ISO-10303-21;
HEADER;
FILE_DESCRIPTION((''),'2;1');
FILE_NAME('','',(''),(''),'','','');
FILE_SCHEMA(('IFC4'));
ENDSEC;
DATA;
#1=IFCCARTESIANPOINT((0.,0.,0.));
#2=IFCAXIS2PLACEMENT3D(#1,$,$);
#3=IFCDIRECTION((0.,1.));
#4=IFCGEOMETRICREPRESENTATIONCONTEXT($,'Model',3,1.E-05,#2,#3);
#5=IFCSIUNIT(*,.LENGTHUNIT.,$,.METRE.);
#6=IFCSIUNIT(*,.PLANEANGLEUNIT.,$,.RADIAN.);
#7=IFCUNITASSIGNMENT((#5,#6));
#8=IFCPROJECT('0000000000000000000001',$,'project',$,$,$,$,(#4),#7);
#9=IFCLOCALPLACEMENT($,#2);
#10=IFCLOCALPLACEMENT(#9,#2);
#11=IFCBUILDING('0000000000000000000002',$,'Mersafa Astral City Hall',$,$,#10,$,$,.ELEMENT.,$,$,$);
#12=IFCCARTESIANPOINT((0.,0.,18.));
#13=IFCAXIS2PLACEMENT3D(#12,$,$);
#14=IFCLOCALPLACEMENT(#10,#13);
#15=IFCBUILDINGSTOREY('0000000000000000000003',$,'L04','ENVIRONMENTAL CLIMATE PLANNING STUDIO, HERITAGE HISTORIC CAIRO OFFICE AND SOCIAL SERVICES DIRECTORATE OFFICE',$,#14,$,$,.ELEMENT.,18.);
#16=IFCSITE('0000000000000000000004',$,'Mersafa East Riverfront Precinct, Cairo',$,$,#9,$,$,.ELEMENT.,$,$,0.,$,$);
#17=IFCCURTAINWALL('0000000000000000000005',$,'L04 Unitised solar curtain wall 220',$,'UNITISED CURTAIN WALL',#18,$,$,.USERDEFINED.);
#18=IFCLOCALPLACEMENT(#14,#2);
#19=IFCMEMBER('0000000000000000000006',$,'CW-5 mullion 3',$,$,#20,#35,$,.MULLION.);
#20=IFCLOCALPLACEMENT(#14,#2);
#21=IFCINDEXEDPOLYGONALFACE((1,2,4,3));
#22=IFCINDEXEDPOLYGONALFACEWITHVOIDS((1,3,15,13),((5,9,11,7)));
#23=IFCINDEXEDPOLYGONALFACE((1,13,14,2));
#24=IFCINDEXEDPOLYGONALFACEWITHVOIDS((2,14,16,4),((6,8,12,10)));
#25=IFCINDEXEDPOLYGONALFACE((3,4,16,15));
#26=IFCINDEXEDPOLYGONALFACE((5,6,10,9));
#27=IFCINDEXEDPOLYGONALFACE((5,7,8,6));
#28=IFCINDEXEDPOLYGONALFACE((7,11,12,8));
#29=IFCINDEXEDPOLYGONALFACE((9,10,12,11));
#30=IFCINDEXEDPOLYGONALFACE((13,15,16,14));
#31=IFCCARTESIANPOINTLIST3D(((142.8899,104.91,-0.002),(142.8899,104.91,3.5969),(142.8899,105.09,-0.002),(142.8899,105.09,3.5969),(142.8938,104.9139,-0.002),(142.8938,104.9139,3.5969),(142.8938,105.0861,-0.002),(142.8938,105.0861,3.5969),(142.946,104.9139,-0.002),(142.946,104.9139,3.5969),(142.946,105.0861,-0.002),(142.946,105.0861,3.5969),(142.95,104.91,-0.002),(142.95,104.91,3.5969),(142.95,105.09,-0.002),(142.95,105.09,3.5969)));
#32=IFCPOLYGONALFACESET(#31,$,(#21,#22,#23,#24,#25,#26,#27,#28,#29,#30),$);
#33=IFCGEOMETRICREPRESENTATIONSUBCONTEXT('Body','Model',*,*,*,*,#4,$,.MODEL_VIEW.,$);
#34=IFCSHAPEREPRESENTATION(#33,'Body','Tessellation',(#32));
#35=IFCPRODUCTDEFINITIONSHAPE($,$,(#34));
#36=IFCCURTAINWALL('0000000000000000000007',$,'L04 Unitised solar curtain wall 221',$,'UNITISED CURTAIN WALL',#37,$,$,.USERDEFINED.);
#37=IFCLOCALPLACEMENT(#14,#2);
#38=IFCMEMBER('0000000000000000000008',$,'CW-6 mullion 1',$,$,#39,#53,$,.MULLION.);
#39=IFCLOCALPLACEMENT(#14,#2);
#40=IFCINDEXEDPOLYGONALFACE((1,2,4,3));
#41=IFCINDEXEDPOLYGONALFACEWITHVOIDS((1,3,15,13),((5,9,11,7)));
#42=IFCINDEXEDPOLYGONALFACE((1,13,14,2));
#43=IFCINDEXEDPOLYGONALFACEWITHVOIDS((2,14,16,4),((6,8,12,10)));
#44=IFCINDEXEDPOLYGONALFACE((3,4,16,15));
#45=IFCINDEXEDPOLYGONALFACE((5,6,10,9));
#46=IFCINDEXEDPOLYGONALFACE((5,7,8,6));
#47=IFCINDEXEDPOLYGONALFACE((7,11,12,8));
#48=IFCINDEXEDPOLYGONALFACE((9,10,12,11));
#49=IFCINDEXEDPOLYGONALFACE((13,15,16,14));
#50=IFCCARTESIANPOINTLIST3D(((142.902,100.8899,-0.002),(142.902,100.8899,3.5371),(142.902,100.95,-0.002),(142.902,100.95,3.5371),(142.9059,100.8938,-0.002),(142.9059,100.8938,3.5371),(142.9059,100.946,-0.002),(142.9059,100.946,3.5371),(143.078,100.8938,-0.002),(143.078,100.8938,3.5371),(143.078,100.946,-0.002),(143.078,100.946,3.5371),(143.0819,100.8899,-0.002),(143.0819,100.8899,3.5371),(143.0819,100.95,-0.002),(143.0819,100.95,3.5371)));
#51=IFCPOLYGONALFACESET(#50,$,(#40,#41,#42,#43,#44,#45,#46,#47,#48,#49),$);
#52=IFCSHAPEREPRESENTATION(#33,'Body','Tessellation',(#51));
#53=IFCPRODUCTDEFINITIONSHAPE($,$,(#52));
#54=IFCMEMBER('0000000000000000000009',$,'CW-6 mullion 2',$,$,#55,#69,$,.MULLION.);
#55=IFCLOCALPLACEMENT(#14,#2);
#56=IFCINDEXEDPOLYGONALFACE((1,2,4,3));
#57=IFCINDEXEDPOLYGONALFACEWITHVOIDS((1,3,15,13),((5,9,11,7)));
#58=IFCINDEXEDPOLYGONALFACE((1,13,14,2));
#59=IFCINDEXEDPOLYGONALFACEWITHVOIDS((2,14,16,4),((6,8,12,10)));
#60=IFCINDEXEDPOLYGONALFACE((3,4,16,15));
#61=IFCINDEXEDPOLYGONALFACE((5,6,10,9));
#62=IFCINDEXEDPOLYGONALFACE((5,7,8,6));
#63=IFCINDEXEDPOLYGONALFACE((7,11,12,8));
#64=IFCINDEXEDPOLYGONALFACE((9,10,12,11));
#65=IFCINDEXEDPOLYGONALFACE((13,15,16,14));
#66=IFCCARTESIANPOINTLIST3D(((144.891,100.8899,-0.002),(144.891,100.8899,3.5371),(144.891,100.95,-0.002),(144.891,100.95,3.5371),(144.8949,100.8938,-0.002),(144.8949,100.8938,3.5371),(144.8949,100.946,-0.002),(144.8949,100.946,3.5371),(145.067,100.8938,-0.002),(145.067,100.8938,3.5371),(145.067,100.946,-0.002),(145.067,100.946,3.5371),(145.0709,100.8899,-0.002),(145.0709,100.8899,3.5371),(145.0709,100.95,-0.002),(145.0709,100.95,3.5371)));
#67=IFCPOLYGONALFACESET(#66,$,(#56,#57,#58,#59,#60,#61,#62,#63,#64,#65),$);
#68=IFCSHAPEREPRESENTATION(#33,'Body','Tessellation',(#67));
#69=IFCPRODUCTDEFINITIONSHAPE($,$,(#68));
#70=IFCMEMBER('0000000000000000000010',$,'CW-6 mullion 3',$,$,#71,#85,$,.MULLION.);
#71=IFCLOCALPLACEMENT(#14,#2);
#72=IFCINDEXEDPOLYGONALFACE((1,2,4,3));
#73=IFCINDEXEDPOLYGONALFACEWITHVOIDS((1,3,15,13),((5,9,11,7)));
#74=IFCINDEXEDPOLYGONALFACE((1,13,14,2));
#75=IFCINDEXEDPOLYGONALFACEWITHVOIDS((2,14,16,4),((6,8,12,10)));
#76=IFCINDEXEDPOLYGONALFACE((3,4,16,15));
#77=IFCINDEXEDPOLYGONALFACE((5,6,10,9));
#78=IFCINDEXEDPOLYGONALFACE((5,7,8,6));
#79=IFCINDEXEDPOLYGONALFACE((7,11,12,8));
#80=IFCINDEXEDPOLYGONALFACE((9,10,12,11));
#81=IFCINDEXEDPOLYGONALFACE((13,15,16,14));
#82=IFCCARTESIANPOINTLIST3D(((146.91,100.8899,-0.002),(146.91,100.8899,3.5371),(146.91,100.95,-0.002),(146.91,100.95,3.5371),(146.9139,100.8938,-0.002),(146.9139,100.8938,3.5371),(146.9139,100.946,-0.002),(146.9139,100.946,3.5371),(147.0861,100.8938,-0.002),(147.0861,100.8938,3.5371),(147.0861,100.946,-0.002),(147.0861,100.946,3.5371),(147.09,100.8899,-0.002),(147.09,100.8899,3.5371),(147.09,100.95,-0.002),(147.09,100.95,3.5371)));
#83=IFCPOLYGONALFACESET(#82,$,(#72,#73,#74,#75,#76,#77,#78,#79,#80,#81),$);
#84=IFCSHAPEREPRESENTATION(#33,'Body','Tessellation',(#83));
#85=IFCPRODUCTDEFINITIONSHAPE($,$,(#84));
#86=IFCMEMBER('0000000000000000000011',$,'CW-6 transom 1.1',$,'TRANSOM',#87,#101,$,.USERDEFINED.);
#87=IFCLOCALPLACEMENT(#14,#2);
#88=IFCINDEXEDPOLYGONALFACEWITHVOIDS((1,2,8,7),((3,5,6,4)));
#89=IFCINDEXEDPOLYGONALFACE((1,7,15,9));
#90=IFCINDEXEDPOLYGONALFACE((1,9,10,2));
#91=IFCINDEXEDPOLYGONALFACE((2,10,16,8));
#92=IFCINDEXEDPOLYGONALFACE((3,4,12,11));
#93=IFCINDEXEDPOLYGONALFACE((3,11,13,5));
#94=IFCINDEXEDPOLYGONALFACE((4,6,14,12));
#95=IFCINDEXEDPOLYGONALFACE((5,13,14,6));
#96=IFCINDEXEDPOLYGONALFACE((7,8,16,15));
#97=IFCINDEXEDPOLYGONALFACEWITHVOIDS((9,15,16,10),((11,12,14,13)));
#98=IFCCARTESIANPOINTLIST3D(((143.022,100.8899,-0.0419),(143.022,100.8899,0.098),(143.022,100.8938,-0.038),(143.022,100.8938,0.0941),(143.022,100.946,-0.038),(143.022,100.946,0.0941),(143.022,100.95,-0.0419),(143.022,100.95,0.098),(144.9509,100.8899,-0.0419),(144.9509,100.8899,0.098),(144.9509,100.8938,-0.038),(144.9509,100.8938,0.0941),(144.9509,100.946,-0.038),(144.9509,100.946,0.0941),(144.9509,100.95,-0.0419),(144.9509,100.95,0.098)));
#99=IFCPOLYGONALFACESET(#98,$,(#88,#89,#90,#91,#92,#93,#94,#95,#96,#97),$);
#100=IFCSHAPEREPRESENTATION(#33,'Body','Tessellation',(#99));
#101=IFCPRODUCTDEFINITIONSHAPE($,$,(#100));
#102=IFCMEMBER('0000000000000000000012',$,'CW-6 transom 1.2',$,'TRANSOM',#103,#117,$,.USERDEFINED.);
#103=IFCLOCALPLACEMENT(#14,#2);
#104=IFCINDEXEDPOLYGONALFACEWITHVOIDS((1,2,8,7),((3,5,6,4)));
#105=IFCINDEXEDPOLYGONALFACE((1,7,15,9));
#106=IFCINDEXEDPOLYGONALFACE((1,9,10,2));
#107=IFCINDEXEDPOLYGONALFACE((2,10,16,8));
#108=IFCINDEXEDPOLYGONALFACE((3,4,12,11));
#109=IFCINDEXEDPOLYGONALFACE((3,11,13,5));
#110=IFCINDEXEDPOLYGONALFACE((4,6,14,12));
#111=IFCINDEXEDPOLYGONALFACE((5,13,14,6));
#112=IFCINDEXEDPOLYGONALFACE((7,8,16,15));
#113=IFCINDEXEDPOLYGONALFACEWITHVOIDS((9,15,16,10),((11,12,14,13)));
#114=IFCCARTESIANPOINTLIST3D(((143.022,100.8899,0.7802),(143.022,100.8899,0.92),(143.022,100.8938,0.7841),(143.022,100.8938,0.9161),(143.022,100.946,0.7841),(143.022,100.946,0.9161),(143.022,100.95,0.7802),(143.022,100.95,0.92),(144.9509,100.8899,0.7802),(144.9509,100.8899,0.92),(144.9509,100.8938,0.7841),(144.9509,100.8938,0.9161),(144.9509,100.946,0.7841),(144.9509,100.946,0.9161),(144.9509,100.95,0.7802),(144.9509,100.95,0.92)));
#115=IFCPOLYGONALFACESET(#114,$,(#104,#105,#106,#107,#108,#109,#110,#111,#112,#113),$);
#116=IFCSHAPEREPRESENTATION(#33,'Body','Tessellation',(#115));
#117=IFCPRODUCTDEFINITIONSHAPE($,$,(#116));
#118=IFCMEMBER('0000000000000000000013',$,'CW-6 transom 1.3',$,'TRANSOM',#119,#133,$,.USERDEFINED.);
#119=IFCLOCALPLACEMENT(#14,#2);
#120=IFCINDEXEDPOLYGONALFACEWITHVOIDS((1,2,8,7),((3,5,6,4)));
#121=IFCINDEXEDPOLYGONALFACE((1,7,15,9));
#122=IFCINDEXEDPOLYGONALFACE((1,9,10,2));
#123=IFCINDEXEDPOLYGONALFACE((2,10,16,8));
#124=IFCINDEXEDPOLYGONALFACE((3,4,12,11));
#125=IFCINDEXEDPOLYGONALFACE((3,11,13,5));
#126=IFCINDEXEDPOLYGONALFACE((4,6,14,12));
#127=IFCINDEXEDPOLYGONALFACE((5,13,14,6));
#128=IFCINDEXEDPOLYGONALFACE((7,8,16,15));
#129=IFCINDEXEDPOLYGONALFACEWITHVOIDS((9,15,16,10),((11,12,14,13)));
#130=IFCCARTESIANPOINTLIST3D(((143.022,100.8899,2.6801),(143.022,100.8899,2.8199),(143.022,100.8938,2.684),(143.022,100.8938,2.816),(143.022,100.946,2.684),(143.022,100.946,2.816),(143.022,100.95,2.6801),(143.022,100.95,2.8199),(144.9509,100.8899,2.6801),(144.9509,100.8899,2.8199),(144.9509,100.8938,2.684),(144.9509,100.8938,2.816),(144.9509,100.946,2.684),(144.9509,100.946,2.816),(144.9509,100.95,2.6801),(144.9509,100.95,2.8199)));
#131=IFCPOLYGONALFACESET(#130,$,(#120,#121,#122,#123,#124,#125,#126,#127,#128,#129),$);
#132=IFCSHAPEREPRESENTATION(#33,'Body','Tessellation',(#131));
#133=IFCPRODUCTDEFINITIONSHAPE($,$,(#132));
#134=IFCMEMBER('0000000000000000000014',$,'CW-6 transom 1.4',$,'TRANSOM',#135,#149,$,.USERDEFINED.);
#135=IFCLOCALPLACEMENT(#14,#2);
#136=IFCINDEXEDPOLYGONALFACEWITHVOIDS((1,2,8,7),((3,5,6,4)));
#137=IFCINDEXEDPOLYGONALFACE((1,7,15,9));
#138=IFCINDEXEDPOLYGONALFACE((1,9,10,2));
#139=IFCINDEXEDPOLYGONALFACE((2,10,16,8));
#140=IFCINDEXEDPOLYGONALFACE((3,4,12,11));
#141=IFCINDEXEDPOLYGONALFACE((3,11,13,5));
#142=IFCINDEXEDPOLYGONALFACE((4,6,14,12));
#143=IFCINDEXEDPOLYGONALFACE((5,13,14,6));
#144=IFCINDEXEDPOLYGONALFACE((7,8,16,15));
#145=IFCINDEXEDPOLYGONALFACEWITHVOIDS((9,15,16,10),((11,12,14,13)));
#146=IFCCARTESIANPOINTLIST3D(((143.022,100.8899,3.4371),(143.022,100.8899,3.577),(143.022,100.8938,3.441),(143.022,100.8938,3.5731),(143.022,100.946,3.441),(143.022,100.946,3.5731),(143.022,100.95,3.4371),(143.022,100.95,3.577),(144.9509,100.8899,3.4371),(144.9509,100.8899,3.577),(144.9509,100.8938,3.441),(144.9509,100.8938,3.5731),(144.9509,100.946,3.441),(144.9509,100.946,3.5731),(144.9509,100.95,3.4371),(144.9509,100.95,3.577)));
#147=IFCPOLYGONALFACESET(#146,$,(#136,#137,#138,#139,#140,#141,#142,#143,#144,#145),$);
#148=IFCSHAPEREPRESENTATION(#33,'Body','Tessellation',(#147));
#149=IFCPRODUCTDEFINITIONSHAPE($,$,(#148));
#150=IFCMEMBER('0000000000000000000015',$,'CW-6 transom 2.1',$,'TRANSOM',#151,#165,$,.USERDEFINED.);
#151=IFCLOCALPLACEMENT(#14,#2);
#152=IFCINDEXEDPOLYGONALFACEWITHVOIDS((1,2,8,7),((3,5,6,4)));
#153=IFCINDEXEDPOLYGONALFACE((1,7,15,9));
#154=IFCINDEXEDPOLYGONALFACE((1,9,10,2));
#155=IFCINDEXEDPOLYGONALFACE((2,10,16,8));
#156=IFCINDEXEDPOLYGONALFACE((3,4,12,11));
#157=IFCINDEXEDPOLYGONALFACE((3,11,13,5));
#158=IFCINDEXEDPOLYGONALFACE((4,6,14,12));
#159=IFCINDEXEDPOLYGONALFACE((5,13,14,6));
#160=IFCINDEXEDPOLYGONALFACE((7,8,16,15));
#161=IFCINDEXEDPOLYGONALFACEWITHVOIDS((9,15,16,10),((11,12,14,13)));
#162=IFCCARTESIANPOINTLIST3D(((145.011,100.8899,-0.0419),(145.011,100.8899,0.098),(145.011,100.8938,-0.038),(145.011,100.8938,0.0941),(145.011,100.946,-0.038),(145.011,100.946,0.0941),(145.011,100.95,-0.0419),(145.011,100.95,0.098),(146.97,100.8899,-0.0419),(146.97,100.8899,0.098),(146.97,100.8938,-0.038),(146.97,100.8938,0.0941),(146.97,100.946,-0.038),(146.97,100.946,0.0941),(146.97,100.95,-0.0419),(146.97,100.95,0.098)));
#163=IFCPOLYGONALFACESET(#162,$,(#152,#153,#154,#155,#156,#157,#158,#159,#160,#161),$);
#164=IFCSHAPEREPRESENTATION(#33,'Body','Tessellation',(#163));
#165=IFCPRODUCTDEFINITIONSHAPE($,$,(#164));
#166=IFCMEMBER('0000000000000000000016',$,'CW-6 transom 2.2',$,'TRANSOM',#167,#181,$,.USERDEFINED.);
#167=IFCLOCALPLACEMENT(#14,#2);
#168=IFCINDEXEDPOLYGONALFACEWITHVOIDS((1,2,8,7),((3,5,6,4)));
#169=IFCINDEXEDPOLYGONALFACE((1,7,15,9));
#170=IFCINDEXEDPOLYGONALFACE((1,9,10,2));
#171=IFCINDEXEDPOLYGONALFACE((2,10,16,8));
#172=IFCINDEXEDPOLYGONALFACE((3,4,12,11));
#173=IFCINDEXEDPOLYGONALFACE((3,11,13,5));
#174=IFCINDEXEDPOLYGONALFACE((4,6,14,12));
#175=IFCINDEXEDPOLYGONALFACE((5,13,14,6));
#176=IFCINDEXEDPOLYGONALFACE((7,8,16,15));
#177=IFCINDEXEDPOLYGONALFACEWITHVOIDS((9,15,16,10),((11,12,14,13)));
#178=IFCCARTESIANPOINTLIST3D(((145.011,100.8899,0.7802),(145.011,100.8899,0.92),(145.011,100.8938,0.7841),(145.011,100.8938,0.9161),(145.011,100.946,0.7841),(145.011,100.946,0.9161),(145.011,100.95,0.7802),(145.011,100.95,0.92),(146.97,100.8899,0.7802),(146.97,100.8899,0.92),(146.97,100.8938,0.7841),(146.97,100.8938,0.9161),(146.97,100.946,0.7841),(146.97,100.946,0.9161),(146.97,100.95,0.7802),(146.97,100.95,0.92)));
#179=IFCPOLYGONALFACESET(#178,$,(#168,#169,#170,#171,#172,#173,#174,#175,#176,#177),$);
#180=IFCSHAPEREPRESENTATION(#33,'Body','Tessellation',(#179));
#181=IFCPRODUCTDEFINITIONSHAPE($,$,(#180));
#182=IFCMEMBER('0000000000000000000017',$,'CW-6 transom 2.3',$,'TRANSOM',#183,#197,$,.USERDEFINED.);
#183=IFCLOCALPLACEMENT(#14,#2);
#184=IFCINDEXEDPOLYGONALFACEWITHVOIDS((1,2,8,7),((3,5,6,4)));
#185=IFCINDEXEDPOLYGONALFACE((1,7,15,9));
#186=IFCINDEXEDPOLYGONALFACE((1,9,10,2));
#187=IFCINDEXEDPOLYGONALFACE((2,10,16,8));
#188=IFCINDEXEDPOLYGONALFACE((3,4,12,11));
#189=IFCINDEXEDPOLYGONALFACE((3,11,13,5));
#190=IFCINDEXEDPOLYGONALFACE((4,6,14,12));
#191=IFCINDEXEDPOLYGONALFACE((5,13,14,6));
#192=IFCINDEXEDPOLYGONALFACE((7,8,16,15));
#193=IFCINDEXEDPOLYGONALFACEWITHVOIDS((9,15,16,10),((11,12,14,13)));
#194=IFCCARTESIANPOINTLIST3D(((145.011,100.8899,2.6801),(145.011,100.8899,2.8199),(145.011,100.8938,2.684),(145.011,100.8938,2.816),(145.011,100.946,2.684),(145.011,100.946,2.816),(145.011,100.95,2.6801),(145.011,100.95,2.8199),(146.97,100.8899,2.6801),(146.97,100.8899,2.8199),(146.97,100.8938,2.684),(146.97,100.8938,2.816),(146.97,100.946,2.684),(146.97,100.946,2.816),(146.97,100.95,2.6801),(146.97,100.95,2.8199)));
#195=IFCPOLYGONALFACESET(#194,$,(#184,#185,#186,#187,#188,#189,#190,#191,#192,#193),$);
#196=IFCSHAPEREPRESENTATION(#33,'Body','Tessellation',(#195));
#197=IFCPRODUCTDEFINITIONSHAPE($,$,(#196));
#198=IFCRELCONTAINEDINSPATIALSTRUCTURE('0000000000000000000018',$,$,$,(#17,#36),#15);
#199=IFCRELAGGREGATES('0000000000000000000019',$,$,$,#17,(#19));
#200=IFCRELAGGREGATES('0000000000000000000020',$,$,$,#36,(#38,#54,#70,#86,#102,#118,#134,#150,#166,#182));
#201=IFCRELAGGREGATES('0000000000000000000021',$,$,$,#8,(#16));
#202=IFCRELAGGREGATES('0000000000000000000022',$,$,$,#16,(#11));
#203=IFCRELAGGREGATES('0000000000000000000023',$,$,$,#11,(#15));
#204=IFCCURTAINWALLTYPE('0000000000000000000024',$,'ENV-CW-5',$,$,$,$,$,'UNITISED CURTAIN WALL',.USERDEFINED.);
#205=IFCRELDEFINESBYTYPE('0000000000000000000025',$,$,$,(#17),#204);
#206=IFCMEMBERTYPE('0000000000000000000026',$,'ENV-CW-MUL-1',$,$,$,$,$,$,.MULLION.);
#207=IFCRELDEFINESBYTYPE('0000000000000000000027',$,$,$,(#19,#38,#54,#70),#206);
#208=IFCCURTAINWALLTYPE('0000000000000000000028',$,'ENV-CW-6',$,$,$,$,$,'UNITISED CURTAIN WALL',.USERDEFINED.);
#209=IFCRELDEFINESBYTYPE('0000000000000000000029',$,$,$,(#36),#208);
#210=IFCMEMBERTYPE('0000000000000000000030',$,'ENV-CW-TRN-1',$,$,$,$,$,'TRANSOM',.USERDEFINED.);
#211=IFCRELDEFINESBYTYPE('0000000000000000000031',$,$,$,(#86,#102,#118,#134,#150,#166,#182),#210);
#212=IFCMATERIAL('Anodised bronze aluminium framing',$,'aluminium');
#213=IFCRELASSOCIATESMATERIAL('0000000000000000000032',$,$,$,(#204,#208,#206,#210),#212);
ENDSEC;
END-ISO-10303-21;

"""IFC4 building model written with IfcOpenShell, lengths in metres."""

from ifc_helpers import new_model, si_unit, direction, frame, origin, origin_2d, place, context, subcontext, project, spatial, hollow_rectangle, extrude, material, material_profile, profile_set, type_object, element, aggregate, save


model = new_model("IFC4")

# Units and contexts
model_context = context("Model", 3, precision=1e-05, world=origin(), true_north=direction((0.0, 1.0)))
body_context = subcontext(model_context, "Body", "Model", "MODEL_VIEW")
ifc_project = project(units=[si_unit("LENGTHUNIT", "METRE"), si_unit("PLANEANGLEUNIT", "RADIAN")], contexts=[model_context])

# Site, building, storey
site_placement = place(None, origin())
site = spatial("IfcSite", under=ifc_project, at=site_placement, Name="Mersafa East Riverfront Precinct, Cairo", CompositionType="ELEMENT", RefElevation=0.0)
building_placement = place(site_placement, origin())
building = spatial("IfcBuilding", under=site, at=building_placement, Name="Mersafa Astral City Hall", CompositionType="ELEMENT")
storey_placement = place(building_placement, frame((0.0, 0.0, 18.0)))
storey = spatial("IfcBuildingStorey", under=building, at=storey_placement, Name="L04", Description="ENVIRONMENTAL CLIMATE PLANNING STUDIO, HERITAGE HISTORIC CAIRO OFFICE AND SOCIAL SERVICES DIRECTORATE OFFICE", CompositionType="ELEMENT", Elevation=18.0)

# Curtain wall, member
ifc_material_1 = material(Name="Anodised bronze aluminium framing", Category="aluminium")
curtain_wall_type_1 = type_object("IfcCurtainWallType", Name="ENV-CW-5", ElementType="UNITISED CURTAIN WALL", PredefinedType="USERDEFINED", material=ifc_material_1)
curtain_wall_1_placement = place(storey_placement, origin())
curtain_wall_1 = element("IfcCurtainWall", 1, at=curtain_wall_1_placement, inside=storey, type_object=curtain_wall_type_1, Name="L04 Unitised solar curtain wall 220", ObjectType="UNITISED CURTAIN WALL", PredefinedType="USERDEFINED")
ifc_material_profile_1 = material_profile(ifc_material_1, hollow_rectangle(XDim=0.0601, YDim=0.1799, WallThickness=0.0039, at=origin_2d()), Name="RHS 60x180x4")
ifc_profile_set_1 = profile_set([ifc_material_profile_1], Name="Anodised bronze aluminium framing")
member_type_1 = type_object("IfcMemberType", Name="ENV-CW-MUL-1", PredefinedType="MULLION", material=ifc_profile_set_1)
member_1_placement = place(storey_placement, frame((142.9199, 105.0, -0.002), z_axis=(0.0, 0.0, 1.0), x_axis=(1.0, 0.0, 0.0)))
member_1 = element("IfcMember", 2, at=member_1_placement, type_object=member_type_1, Name="CW-5 mullion 3", PredefinedType="MULLION", context=body_context, shape_type="SweptSolid", body=[
    extrude(hollow_rectangle(XDim=0.0601, YDim=0.1799, WallThickness=0.0039, at=origin_2d()), origin(), (0.0, 0.0, 1.0), 3.5989),
])

# Curtain wall, members
curtain_wall_type_2 = type_object("IfcCurtainWallType", Name="ENV-CW-6", ElementType="UNITISED CURTAIN WALL", PredefinedType="USERDEFINED", material=ifc_material_1)
curtain_wall_2_placement = place(storey_placement, origin())
curtain_wall_2 = element("IfcCurtainWall", 3, at=curtain_wall_2_placement, inside=storey, type_object=curtain_wall_type_2, Name="L04 Unitised solar curtain wall 221", ObjectType="UNITISED CURTAIN WALL", PredefinedType="USERDEFINED")
member_2_placement = place(storey_placement, frame((142.9919, 100.9199, -0.002), z_axis=(0.0, 0.0, 1.0), x_axis=(0.0, 1.0, 0.0)))
member_2 = element("IfcMember", 4, at=member_2_placement, type_object=member_type_1, Name="CW-6 mullion 1", PredefinedType="MULLION", context=body_context, shape_type="SweptSolid", body=[
    extrude(hollow_rectangle(XDim=0.0601, YDim=0.1799, WallThickness=0.0039, at=origin_2d()), origin(), (0.0, 0.0, 1.0), 3.5391),
])
member_3_placement = place(storey_placement, frame((144.981, 100.9199, -0.002), z_axis=(0.0, 0.0, 1.0), x_axis=(0.0, 1.0, 0.0)))
member_3 = element("IfcMember", 5, at=member_3_placement, type_object=member_type_1, Name="CW-6 mullion 2", PredefinedType="MULLION", context=body_context, shape_type="SweptSolid", body=[
    extrude(hollow_rectangle(XDim=0.0601, YDim=0.1799, WallThickness=0.0039, at=origin_2d()), origin(), (0.0, 0.0, 1.0), 3.5391),
])
member_4_placement = place(storey_placement, frame((147.0, 100.9199, -0.002), z_axis=(0.0, 0.0, 1.0), x_axis=(0.0, 1.0, 0.0)))
member_4 = element("IfcMember", 6, at=member_4_placement, type_object=member_type_1, Name="CW-6 mullion 3", PredefinedType="MULLION", context=body_context, shape_type="SweptSolid", body=[
    extrude(hollow_rectangle(XDim=0.0601, YDim=0.1799, WallThickness=0.0039, at=origin_2d()), origin(), (0.0, 0.0, 1.0), 3.5391),
])
ifc_material_profile_2 = material_profile(ifc_material_1, hollow_rectangle(XDim=0.0601, YDim=0.1399, WallThickness=0.0039, at=origin_2d()), Name="RHS 60x140x4")
ifc_profile_set_2 = profile_set([ifc_material_profile_2], Name="Anodised bronze aluminium framing")
member_type_2 = type_object("IfcMemberType", Name="ENV-CW-TRN-1", ElementType="TRANSOM", PredefinedType="USERDEFINED", material=ifc_profile_set_2)
member_5_placement = place(storey_placement, frame((143.022, 100.9199, 0.0281), z_axis=(1.0, 0.0, 0.0), x_axis=(0.0, 1.0, 0.0)))
member_5 = element("IfcMember", 7, at=member_5_placement, type_object=member_type_2, Name="CW-6 transom 1.1", ObjectType="TRANSOM", PredefinedType="USERDEFINED", context=body_context, shape_type="SweptSolid", body=[
    extrude(hollow_rectangle(XDim=0.0601, YDim=0.1399, WallThickness=0.0039, at=origin_2d()), origin(), (0.0, 0.0, 1.0), 1.929),
])
member_6_placement = place(storey_placement, frame((143.022, 100.9199, 0.8501), z_axis=(1.0, 0.0, 0.0), x_axis=(0.0, 1.0, 0.0)))
member_6 = element("IfcMember", 8, at=member_6_placement, type_object=member_type_2, Name="CW-6 transom 1.2", ObjectType="TRANSOM", PredefinedType="USERDEFINED", context=body_context, shape_type="SweptSolid", body=[
    extrude(hollow_rectangle(XDim=0.0601, YDim=0.1399, WallThickness=0.0039, at=origin_2d()), origin(), (0.0, 0.0, 1.0), 1.929),
])
member_7_placement = place(storey_placement, frame((143.022, 100.9199, 2.75), z_axis=(1.0, 0.0, 0.0), x_axis=(0.0, 1.0, 0.0)))
member_7 = element("IfcMember", 9, at=member_7_placement, type_object=member_type_2, Name="CW-6 transom 1.3", ObjectType="TRANSOM", PredefinedType="USERDEFINED", context=body_context, shape_type="SweptSolid", body=[
    extrude(hollow_rectangle(XDim=0.0601, YDim=0.1399, WallThickness=0.0039, at=origin_2d()), origin(), (0.0, 0.0, 1.0), 1.929),
])
member_8_placement = place(storey_placement, frame((143.022, 100.9199, 3.5071), z_axis=(1.0, 0.0, 0.0), x_axis=(0.0, 1.0, 0.0)))
member_8 = element("IfcMember", 10, at=member_8_placement, type_object=member_type_2, Name="CW-6 transom 1.4", ObjectType="TRANSOM", PredefinedType="USERDEFINED", context=body_context, shape_type="SweptSolid", body=[
    extrude(hollow_rectangle(XDim=0.0601, YDim=0.1399, WallThickness=0.0039, at=origin_2d()), origin(), (0.0, 0.0, 1.0), 1.929),
])
member_9_placement = place(storey_placement, frame((145.011, 100.9199, 0.0281), z_axis=(1.0, 0.0, 0.0), x_axis=(0.0, 1.0, 0.0)))
member_9 = element("IfcMember", 11, at=member_9_placement, type_object=member_type_2, Name="CW-6 transom 2.1", ObjectType="TRANSOM", PredefinedType="USERDEFINED", context=body_context, shape_type="SweptSolid", body=[
    extrude(hollow_rectangle(XDim=0.0601, YDim=0.1399, WallThickness=0.0039, at=origin_2d()), origin(), (0.0, 0.0, 1.0), 1.959),
])
member_10_placement = place(storey_placement, frame((145.011, 100.9199, 0.8501), z_axis=(1.0, 0.0, 0.0), x_axis=(0.0, 1.0, 0.0)))
member_10 = element("IfcMember", 12, at=member_10_placement, type_object=member_type_2, Name="CW-6 transom 2.2", ObjectType="TRANSOM", PredefinedType="USERDEFINED", context=body_context, shape_type="SweptSolid", body=[
    extrude(hollow_rectangle(XDim=0.0601, YDim=0.1399, WallThickness=0.0039, at=origin_2d()), origin(), (0.0, 0.0, 1.0), 1.959),
])
member_11_placement = place(storey_placement, frame((145.011, 100.9199, 2.75), z_axis=(1.0, 0.0, 0.0), x_axis=(0.0, 1.0, 0.0)))
member_11 = element("IfcMember", 13, at=member_11_placement, type_object=member_type_2, Name="CW-6 transom 2.3", ObjectType="TRANSOM", PredefinedType="USERDEFINED", context=body_context, shape_type="SweptSolid", body=[
    extrude(hollow_rectangle(XDim=0.0601, YDim=0.1399, WallThickness=0.0039, at=origin_2d()), origin(), (0.0, 0.0, 1.0), 1.959),
])

aggregate(curtain_wall_1, [member_1])
aggregate(curtain_wall_2, [member_2, member_3, member_4, member_5, member_6, member_7, member_8, member_9, member_10, member_11])

save(model, "model.ifc")
